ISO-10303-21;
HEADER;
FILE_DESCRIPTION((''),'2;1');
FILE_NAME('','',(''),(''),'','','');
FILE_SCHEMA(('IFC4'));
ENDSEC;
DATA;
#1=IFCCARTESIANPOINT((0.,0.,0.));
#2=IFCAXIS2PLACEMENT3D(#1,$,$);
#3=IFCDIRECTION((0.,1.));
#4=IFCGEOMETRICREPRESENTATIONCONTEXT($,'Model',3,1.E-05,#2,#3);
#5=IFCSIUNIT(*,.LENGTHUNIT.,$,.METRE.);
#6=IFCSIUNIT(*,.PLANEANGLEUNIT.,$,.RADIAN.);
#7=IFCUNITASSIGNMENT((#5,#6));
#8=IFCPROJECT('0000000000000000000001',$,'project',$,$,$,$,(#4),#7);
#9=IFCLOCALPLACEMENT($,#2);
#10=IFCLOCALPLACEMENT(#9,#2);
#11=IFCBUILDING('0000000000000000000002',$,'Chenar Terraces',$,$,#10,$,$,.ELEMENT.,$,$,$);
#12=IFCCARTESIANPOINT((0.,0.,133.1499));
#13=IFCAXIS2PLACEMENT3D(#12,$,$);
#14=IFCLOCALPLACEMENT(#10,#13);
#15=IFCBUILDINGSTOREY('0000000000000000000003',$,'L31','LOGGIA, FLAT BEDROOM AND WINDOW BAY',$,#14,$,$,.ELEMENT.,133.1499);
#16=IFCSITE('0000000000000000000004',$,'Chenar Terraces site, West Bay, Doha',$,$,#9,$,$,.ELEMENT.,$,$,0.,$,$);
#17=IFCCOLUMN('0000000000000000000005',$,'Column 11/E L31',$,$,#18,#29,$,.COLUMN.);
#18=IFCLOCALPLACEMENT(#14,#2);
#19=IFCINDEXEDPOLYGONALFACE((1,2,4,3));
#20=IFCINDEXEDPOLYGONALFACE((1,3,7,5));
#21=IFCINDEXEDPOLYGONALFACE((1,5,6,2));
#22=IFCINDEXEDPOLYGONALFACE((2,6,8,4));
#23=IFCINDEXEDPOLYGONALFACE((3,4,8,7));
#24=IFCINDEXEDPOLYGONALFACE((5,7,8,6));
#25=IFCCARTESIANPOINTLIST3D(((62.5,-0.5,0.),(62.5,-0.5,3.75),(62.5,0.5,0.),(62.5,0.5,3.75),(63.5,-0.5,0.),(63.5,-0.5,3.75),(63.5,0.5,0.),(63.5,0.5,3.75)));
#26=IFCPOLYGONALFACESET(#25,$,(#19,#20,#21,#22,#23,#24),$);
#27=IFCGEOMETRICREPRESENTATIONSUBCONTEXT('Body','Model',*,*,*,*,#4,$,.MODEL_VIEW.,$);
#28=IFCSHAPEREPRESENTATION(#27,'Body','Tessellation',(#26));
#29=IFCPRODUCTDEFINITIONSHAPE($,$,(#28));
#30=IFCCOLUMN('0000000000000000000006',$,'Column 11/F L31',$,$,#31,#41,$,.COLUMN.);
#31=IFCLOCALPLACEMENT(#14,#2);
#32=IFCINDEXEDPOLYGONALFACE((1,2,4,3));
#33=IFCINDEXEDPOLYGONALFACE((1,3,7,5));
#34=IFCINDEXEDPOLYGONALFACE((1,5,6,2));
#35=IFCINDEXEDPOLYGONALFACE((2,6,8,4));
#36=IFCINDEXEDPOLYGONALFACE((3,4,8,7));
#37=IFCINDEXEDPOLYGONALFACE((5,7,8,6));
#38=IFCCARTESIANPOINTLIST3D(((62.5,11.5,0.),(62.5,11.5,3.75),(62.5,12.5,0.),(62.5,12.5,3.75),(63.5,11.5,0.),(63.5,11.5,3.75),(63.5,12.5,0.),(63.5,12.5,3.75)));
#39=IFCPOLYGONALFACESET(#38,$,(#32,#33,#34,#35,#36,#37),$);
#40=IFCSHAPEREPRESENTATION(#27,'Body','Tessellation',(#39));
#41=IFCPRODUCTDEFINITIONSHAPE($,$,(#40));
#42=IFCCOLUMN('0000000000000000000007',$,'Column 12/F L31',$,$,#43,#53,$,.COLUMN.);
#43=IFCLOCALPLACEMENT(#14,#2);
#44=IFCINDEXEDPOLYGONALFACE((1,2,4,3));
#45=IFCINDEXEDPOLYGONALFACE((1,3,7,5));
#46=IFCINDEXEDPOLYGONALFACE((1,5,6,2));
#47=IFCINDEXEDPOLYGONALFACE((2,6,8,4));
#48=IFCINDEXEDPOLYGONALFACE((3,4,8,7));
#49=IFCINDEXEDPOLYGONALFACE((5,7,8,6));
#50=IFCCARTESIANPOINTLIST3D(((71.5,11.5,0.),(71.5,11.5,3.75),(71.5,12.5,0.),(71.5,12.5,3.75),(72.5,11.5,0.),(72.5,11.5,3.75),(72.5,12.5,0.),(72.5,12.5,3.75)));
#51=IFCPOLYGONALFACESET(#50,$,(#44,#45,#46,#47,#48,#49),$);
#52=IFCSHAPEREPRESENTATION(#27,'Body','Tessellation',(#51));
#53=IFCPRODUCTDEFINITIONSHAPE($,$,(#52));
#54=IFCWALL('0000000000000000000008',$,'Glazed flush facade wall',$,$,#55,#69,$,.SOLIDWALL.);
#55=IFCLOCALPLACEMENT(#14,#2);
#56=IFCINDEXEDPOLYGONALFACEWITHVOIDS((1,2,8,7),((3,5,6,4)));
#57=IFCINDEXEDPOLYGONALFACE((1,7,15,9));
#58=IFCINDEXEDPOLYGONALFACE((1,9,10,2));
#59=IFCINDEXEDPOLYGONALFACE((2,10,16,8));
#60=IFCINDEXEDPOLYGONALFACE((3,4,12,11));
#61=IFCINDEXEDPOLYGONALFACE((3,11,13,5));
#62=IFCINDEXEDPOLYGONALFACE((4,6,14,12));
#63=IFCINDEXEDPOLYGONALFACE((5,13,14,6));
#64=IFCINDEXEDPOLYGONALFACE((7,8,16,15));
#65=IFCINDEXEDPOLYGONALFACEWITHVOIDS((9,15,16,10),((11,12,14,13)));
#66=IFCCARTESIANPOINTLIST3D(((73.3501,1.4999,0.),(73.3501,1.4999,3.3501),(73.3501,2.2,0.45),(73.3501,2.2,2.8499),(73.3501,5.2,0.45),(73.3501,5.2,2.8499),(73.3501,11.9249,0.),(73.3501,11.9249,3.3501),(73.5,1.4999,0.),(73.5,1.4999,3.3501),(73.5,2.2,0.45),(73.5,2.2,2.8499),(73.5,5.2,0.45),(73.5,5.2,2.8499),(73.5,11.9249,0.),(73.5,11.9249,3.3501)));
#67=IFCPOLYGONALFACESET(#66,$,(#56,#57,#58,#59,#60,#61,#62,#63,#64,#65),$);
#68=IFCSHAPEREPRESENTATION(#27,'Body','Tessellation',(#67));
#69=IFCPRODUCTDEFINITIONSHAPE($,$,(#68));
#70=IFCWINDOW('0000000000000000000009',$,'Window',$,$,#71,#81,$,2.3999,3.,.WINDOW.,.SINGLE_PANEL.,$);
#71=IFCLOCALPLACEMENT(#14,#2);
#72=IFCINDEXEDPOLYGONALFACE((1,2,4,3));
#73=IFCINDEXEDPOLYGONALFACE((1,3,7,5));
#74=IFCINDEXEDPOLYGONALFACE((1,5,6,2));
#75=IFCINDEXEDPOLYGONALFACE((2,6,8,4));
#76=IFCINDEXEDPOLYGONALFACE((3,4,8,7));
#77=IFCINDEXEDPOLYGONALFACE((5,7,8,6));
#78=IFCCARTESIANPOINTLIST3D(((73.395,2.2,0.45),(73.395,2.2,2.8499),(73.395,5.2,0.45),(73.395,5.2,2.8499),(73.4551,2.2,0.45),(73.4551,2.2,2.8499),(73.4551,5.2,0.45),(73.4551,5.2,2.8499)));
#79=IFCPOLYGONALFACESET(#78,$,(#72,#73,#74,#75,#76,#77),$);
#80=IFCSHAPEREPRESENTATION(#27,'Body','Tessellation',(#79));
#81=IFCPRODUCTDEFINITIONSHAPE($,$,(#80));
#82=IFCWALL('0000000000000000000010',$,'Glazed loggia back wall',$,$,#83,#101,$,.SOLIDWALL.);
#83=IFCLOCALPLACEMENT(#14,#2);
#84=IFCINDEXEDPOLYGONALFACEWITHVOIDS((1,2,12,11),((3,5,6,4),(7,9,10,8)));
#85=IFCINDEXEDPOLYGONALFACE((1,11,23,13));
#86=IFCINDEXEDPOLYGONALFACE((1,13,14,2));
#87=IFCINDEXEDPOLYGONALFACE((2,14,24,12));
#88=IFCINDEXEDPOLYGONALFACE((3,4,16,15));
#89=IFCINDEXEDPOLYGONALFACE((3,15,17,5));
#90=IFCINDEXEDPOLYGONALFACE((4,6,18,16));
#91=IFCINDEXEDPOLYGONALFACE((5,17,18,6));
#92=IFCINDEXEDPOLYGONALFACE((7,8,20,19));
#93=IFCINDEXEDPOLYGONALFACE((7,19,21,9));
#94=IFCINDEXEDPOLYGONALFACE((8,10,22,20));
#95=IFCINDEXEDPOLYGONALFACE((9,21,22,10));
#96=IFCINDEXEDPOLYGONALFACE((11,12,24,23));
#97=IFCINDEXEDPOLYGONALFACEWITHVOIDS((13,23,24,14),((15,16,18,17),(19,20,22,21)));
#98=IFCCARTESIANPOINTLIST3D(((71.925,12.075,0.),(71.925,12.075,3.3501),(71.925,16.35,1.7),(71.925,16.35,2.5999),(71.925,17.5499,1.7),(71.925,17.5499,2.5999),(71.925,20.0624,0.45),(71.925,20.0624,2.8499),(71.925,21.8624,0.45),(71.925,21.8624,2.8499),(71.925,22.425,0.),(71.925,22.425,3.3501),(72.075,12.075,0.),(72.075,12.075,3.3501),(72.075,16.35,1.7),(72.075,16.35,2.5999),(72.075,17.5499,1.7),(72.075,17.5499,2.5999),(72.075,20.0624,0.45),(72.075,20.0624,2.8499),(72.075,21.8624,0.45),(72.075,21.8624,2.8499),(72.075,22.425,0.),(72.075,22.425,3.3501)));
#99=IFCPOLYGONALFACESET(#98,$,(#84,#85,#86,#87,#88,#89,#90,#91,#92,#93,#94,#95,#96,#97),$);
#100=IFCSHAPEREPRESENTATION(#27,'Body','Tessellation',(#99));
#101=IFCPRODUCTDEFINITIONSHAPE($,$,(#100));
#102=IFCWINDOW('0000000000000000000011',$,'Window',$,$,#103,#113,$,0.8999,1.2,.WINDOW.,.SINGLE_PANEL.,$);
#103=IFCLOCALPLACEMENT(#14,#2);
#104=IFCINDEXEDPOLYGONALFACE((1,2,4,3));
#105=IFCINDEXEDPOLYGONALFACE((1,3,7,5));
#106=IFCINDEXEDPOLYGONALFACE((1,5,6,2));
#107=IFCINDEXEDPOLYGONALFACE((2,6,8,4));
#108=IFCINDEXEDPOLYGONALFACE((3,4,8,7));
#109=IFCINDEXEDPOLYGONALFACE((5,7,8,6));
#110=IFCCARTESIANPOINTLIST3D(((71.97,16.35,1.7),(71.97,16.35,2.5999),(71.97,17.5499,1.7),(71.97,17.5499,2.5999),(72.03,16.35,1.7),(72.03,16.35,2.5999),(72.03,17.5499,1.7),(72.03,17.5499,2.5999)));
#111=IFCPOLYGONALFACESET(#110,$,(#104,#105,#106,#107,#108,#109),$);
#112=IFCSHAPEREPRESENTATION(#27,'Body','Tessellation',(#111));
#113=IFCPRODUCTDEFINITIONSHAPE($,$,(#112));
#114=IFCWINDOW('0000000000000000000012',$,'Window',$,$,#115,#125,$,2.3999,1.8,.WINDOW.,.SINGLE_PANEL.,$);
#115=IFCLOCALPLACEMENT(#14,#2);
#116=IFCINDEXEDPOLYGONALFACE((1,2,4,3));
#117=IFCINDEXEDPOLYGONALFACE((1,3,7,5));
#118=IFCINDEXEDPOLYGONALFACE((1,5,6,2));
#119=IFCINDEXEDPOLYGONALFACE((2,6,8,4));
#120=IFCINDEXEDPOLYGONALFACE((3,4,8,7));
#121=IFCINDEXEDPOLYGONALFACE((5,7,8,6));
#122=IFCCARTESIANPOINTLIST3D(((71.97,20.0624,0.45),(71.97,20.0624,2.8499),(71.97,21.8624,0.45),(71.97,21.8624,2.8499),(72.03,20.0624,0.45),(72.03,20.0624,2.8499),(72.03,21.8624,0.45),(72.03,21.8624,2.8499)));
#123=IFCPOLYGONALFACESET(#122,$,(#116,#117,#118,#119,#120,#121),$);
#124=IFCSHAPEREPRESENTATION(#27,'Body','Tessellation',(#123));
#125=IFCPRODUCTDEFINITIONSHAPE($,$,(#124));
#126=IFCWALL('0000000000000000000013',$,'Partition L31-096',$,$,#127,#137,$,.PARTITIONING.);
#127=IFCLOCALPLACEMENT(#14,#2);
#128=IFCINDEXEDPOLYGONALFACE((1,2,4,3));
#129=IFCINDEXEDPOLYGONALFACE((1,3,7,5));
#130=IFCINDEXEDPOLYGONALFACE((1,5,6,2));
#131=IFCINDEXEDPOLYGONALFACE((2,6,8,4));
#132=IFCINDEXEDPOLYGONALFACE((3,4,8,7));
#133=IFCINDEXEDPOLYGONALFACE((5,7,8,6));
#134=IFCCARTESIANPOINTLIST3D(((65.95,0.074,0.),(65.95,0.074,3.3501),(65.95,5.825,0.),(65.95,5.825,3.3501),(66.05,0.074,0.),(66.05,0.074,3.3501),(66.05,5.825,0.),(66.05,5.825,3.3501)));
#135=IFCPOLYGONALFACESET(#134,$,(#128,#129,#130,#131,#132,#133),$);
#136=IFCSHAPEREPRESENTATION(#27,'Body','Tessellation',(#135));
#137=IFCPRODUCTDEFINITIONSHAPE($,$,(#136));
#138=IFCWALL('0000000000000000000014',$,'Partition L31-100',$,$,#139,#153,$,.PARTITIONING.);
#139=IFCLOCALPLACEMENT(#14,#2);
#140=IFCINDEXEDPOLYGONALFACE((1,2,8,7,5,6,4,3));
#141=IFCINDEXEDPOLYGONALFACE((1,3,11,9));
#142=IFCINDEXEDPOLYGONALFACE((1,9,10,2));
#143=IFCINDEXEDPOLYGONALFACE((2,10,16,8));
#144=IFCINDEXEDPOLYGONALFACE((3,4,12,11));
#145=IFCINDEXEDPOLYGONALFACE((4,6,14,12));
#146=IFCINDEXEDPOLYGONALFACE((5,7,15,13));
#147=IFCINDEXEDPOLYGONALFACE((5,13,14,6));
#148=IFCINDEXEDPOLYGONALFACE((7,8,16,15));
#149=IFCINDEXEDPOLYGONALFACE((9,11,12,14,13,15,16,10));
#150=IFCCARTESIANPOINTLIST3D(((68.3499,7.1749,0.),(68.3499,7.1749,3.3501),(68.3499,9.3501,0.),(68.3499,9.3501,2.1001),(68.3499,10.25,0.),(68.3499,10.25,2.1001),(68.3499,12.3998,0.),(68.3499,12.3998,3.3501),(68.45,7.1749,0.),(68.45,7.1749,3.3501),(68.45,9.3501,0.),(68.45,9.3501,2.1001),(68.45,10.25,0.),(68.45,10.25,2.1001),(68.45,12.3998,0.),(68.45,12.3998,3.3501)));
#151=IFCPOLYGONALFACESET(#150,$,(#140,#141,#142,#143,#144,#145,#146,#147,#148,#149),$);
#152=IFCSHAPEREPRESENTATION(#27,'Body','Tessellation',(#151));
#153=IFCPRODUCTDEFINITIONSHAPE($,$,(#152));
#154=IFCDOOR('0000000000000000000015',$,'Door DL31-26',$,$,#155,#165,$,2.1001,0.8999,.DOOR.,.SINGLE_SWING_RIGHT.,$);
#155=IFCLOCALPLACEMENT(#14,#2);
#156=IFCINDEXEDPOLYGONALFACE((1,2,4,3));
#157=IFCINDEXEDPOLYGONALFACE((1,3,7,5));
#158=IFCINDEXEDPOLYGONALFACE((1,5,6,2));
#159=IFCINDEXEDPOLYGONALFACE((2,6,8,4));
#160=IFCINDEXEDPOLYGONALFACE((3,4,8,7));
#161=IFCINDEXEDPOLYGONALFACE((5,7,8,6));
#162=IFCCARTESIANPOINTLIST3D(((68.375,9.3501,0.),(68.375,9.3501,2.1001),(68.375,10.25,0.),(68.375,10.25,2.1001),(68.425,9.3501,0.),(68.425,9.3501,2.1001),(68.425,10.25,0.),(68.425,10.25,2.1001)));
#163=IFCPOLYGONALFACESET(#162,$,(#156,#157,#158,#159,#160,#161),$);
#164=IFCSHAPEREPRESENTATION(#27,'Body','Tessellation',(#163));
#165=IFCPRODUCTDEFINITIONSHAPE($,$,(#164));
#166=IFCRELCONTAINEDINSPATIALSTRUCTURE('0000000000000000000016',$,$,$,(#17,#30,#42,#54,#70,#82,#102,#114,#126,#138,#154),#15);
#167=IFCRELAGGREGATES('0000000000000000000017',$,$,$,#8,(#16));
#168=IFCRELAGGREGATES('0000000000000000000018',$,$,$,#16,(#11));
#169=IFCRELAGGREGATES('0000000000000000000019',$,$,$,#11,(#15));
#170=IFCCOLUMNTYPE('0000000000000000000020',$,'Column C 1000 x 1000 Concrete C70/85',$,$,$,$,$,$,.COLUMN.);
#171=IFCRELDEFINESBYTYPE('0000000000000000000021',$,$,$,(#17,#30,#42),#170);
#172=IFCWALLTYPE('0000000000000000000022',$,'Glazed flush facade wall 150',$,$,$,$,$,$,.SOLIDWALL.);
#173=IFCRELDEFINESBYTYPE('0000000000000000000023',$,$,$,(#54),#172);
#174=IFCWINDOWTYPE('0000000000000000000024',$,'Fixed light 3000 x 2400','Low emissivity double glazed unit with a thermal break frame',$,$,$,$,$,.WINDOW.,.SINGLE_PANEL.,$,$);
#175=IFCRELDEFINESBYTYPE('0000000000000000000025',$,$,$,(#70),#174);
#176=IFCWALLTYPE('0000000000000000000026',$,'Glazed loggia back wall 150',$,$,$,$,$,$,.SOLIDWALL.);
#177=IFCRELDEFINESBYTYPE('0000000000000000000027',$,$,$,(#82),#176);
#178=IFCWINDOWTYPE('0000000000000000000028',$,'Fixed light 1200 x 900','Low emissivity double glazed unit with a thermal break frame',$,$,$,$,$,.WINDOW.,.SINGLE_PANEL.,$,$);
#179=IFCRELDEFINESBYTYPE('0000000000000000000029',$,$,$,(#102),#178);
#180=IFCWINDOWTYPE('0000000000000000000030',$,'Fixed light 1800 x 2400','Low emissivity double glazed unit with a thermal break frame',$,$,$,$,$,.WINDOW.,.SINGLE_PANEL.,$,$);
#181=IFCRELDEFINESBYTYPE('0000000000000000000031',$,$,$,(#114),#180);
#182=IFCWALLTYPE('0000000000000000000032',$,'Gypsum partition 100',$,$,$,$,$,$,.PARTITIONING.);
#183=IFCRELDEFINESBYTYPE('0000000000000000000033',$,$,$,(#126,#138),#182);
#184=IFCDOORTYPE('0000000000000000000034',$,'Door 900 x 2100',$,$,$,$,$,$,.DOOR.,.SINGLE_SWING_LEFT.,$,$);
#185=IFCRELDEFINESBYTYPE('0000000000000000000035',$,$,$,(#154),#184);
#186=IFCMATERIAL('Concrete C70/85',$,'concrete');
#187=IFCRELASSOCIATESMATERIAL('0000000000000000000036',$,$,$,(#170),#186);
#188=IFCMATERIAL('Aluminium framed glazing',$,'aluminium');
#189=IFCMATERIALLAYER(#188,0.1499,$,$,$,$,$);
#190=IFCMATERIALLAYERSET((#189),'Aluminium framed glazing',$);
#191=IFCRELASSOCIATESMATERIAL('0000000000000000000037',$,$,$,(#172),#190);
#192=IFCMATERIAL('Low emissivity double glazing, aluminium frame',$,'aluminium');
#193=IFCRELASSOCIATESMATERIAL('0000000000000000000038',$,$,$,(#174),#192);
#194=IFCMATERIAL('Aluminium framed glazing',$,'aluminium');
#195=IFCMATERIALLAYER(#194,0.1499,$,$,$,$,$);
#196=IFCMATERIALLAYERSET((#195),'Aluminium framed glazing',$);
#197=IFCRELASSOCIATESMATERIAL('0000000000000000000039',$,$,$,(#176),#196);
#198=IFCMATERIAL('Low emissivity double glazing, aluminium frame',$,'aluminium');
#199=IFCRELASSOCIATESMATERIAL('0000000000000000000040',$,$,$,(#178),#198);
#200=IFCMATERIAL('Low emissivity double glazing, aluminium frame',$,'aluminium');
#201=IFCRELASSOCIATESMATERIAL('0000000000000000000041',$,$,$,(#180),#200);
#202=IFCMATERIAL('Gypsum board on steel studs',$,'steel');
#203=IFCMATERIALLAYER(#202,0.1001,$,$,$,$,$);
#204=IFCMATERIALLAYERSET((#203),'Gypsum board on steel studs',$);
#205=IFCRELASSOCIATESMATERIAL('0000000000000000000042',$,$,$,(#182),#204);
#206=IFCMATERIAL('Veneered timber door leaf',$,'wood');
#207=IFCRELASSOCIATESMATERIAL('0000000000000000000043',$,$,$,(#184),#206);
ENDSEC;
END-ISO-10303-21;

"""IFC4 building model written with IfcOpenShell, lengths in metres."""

from ifc_helpers import new_model, si_unit, direction, frame, frame_2d, origin, origin_2d, place, context, subcontext, project, spatial, rectangle, extrude, material, layer, layer_set, material_profile, profile_set, type_object, element, fill, save


model = new_model("IFC4")

# Units and contexts
model_context = context("Model", 3, precision=1e-05, world=origin(), true_north=direction((0.0, 1.0)))
body_context = subcontext(model_context, "Body", "Model", "MODEL_VIEW")
ifc_project = project(units=[si_unit("LENGTHUNIT", "METRE"), si_unit("PLANEANGLEUNIT", "RADIAN")], contexts=[model_context])

# Site, building, storey
site_placement = place(None, origin())
site = spatial("IfcSite", under=ifc_project, at=site_placement, Name="Chenar Terraces site, West Bay, Doha", CompositionType="ELEMENT", RefElevation=0.0)
building_placement = place(site_placement, origin())
building = spatial("IfcBuilding", under=site, at=building_placement, Name="Chenar Terraces", CompositionType="ELEMENT")
storey_placement = place(building_placement, frame((0.0, 0.0, 133.1499)))
storey = spatial("IfcBuildingStorey", under=building, at=storey_placement, Name="L31", Description="LOGGIA, FLAT BEDROOM AND WINDOW BAY", CompositionType="ELEMENT", Elevation=133.1499)

# Columns
ifc_material_1 = material(Name="Concrete C70/85", Category="concrete")
ifc_material_profile = material_profile(ifc_material_1, rectangle(XDim=1.0, YDim=1.0, at=origin_2d()), Name="C 1000 x 1000")
ifc_profile_set = profile_set([ifc_material_profile], Name="Concrete C70/85")
column_type = type_object("IfcColumnType", Name="Column C 1000 x 1000 Concrete C70/85", PredefinedType="COLUMN", material=ifc_profile_set)
for number, where, z_axis, x_axis, name in (
    (1, (63.0, 0.0, 0.0), (0.0, 0.0, 1.0), (1.0, 0.0, 0.0), "Column 11/E L31"),
    (2, (63.0, 12.0, 0.0), (0.0, 0.0, 1.0), (1.0, 0.0, 0.0), "Column 11/F L31"),
    (3, (72.0, 12.0, 0.0), (0.0, 0.0, 1.0), (1.0, 0.0, 0.0), "Column 12/F L31"),
):
    element("IfcColumn", number, at=place(storey_placement, frame(where, z_axis=z_axis, x_axis=x_axis)), inside=storey, type_object=column_type, Name=name, PredefinedType="COLUMN", context=body_context, shape_type="SweptSolid", body=[
        extrude(rectangle(XDim=1.0, YDim=1.0, at=origin_2d()), origin(), (0.0, 0.0, 1.0), 3.75),
    ])

# Wall, opening, window
ifc_material_2 = material(Name="Aluminium framed glazing", Category="aluminium")
ifc_layer_1 = layer(ifc_material_2, 0.1499)
ifc_layer_set_1 = layer_set([ifc_layer_1], Name="Aluminium framed glazing")
wall_type_1 = type_object("IfcWallType", Name="Glazed flush facade wall 150", PredefinedType="SOLIDWALL", material=ifc_layer_set_1)
wall_1_placement = place(storey_placement, frame((73.425, 1.5, 0.0), z_axis=(0.0, 0.0, 1.0), x_axis=(0.0, 1.0, 0.0)))
wall_1 = element("IfcWall", 4, at=wall_1_placement, inside=storey, type_object=wall_type_1, Name="Glazed flush facade wall", PredefinedType="SOLIDWALL", context=body_context, shape_type="SweptSolid", body=[
    extrude(rectangle(XDim=10.425, YDim=0.1499, at=frame_2d((5.2124, 0.0))), origin(), (0.0, 0.0, 1.0), 3.3501),
])
opening_1_placement = place(wall_1_placement, frame((0.7, 0.0, 0.45)))
opening_1 = element("IfcOpeningElement", 5, at=opening_1_placement, cuts=wall_1, PredefinedType="OPENING", context=body_context, shape_type="SweptSolid", body=[
    extrude(rectangle(XDim=3.0, YDim=2.3999, at=frame_2d((1.5, 1.2))), frame((0.0, 0.085, 0.0), z_axis=(0.0, -1.0, 0.0), x_axis=(1.0, 0.0, 0.0)), (0.0, 0.0, 1.0), 0.1699),
])
ifc_material_3 = material(Name="Low emissivity double glazing, aluminium frame", Category="aluminium")
window_type_1 = type_object("IfcWindowType", Name="Fixed light 3000 x 2400", Description="Low emissivity double glazed unit with a thermal break frame", PartitioningType="SINGLE_PANEL", PredefinedType="WINDOW", material=ifc_material_3)
window_1_placement = place(opening_1_placement, origin())
window_1 = element("IfcWindow", 6, at=window_1_placement, inside=storey, type_object=window_type_1, Name="Window", OverallHeight=2.3999, OverallWidth=3.0, PartitioningType="SINGLE_PANEL", PredefinedType="WINDOW", context=body_context, shape_type="SweptSolid", body=[
    extrude(rectangle(XDim=3.0, YDim=2.3999, at=frame_2d((1.5, 1.2))), frame((0.0, 0.03, 0.0), z_axis=(0.0, -1.0, 0.0), x_axis=(1.0, 0.0, 0.0)), (0.0, 0.0, 1.0), 0.0601),
])
fill(opening_1, window_1)

# Wall, openings, windows
ifc_material_4 = material(Name="Aluminium framed glazing", Category="aluminium")
ifc_layer_2 = layer(ifc_material_4, 0.1499)
ifc_layer_set_2 = layer_set([ifc_layer_2], Name="Aluminium framed glazing")
wall_type_2 = type_object("IfcWallType", Name="Glazed loggia back wall 150", PredefinedType="SOLIDWALL", material=ifc_layer_set_2)
wall_2_placement = place(storey_placement, frame((72.0, 12.075, 0.0), z_axis=(0.0, 0.0, 1.0), x_axis=(0.0, 1.0, 0.0)))
wall_2 = element("IfcWall", 7, at=wall_2_placement, inside=storey, type_object=wall_type_2, Name="Glazed loggia back wall", PredefinedType="SOLIDWALL", context=body_context, shape_type="SweptSolid", body=[
    extrude(rectangle(XDim=10.3501, YDim=0.1499, at=frame_2d((5.175, 0.0))), origin(), (0.0, 0.0, 1.0), 3.3501),
])
opening_2_placement = place(wall_2_placement, frame((4.2749, 0.0, 1.7)))
opening_2 = element("IfcOpeningElement", 8, at=opening_2_placement, cuts=wall_2, PredefinedType="OPENING", context=body_context, shape_type="SweptSolid", body=[
    extrude(rectangle(XDim=1.2, YDim=0.8999, at=frame_2d((0.6001, 0.45))), frame((0.0, 0.085, 0.0), z_axis=(0.0, -1.0, 0.0), x_axis=(1.0, 0.0, 0.0)), (0.0, 0.0, 1.0), 0.1699),
])
opening_3_placement = place(wall_2_placement, frame((7.9875, 0.0, 0.45)))
opening_3 = element("IfcOpeningElement", 9, at=opening_3_placement, cuts=wall_2, PredefinedType="OPENING", context=body_context, shape_type="SweptSolid", body=[
    extrude(rectangle(XDim=1.8, YDim=2.3999, at=frame_2d((0.8999, 1.2))), frame((0.0, 0.085, 0.0), z_axis=(0.0, -1.0, 0.0), x_axis=(1.0, 0.0, 0.0)), (0.0, 0.0, 1.0), 0.1699),
])
ifc_material_5 = material(Name="Low emissivity double glazing, aluminium frame", Category="aluminium")
window_type_2 = type_object("IfcWindowType", Name="Fixed light 1200 x 900", Description="Low emissivity double glazed unit with a thermal break frame", PartitioningType="SINGLE_PANEL", PredefinedType="WINDOW", material=ifc_material_5)
window_2_placement = place(opening_2_placement, origin())
window_2 = element("IfcWindow", 10, at=window_2_placement, inside=storey, type_object=window_type_2, Name="Window", OverallHeight=0.8999, OverallWidth=1.2, PartitioningType="SINGLE_PANEL", PredefinedType="WINDOW", context=body_context, shape_type="SweptSolid", body=[
    extrude(rectangle(XDim=1.2, YDim=0.8999, at=frame_2d((0.6001, 0.45))), frame((0.0, 0.03, 0.0), z_axis=(0.0, -1.0, 0.0), x_axis=(1.0, 0.0, 0.0)), (0.0, 0.0, 1.0), 0.0601),
])
fill(opening_2, window_2)
ifc_material_6 = material(Name="Low emissivity double glazing, aluminium frame", Category="aluminium")
window_type_3 = type_object("IfcWindowType", Name="Fixed light 1800 x 2400", Description="Low emissivity double glazed unit with a thermal break frame", PartitioningType="SINGLE_PANEL", PredefinedType="WINDOW", material=ifc_material_6)
window_3_placement = place(opening_3_placement, origin())
window_3 = element("IfcWindow", 11, at=window_3_placement, inside=storey, type_object=window_type_3, Name="Window", OverallHeight=2.3999, OverallWidth=1.8, PartitioningType="SINGLE_PANEL", PredefinedType="WINDOW", context=body_context, shape_type="SweptSolid", body=[
    extrude(rectangle(XDim=1.8, YDim=2.3999, at=frame_2d((0.8999, 1.2))), frame((0.0, 0.03, 0.0), z_axis=(0.0, -1.0, 0.0), x_axis=(1.0, 0.0, 0.0)), (0.0, 0.0, 1.0), 0.0601),
])
fill(opening_3, window_3)

# Wall
ifc_material_7 = material(Name="Gypsum board on steel studs", Category="steel")
ifc_layer_3 = layer(ifc_material_7, 0.1001)
ifc_layer_set_3 = layer_set([ifc_layer_3], Name="Gypsum board on steel studs")
wall_type_3 = type_object("IfcWallType", Name="Gypsum partition 100", PredefinedType="PARTITIONING", material=ifc_layer_set_3)
wall_3_placement = place(storey_placement, frame((66.0, 0.074, 0.0), z_axis=(0.0, 0.0, 1.0), x_axis=(0.0, 1.0, 0.0)))
element("IfcWall", 12, at=wall_3_placement, inside=storey, type_object=wall_type_3, Name="Partition L31-096", PredefinedType="PARTITIONING", context=body_context, shape_type="SweptSolid", body=[
    extrude(rectangle(XDim=5.751, YDim=0.1001, at=frame_2d((2.8755, 0.0))), origin(), (0.0, 0.0, 1.0), 3.3501),
])

# Wall, opening, door
wall_4_placement = place(storey_placement, frame((68.3999, 7.175, 0.0), z_axis=(0.0, 0.0, 1.0), x_axis=(0.0, 1.0, 0.0)))
wall_4 = element("IfcWall", 13, at=wall_4_placement, inside=storey, type_object=wall_type_3, Name="Partition L31-100", PredefinedType="PARTITIONING", context=body_context, shape_type="SweptSolid", body=[
    extrude(rectangle(XDim=5.2249, YDim=0.1001, at=frame_2d((2.6123, 0.0))), origin(), (0.0, 0.0, 1.0), 3.3501),
])
opening_4_placement = place(wall_4_placement, frame((2.175, 0.0, 0.0)))
opening_4 = element("IfcOpeningElement", 14, at=opening_4_placement, cuts=wall_4, PredefinedType="OPENING", context=body_context, shape_type="SweptSolid", body=[
    extrude(rectangle(XDim=0.8999, YDim=2.1001, at=frame_2d((0.45, 1.05))), frame((0.0, 0.0601, 0.0), z_axis=(0.0, -1.0, 0.0), x_axis=(1.0, 0.0, 0.0)), (0.0, 0.0, 1.0), 0.1201),
])
ifc_material_8 = material(Name="Veneered timber door leaf", Category="wood")
door_type_1 = type_object("IfcDoorType", Name="Door 900 x 2100", OperationType="SINGLE_SWING_LEFT", PredefinedType="DOOR", material=ifc_material_8)
door_1_placement = place(opening_4_placement, origin())
door_1 = element("IfcDoor", 15, at=door_1_placement, inside=storey, type_object=door_type_1, Name="Door DL31-26", OperationType="SINGLE_SWING_RIGHT", OverallHeight=2.1001, OverallWidth=0.8999, PredefinedType="DOOR", context=body_context, shape_type="SweptSolid", body=[
    extrude(rectangle(XDim=0.8999, YDim=2.1001, at=frame_2d((0.45, 1.05))), frame((0.0, 0.0249, 0.0), z_axis=(0.0, -1.0, 0.0), x_axis=(1.0, 0.0, 0.0)), (0.0, 0.0, 1.0), 0.05),
])
fill(opening_4, door_1)

save(model, "model.ifc")
